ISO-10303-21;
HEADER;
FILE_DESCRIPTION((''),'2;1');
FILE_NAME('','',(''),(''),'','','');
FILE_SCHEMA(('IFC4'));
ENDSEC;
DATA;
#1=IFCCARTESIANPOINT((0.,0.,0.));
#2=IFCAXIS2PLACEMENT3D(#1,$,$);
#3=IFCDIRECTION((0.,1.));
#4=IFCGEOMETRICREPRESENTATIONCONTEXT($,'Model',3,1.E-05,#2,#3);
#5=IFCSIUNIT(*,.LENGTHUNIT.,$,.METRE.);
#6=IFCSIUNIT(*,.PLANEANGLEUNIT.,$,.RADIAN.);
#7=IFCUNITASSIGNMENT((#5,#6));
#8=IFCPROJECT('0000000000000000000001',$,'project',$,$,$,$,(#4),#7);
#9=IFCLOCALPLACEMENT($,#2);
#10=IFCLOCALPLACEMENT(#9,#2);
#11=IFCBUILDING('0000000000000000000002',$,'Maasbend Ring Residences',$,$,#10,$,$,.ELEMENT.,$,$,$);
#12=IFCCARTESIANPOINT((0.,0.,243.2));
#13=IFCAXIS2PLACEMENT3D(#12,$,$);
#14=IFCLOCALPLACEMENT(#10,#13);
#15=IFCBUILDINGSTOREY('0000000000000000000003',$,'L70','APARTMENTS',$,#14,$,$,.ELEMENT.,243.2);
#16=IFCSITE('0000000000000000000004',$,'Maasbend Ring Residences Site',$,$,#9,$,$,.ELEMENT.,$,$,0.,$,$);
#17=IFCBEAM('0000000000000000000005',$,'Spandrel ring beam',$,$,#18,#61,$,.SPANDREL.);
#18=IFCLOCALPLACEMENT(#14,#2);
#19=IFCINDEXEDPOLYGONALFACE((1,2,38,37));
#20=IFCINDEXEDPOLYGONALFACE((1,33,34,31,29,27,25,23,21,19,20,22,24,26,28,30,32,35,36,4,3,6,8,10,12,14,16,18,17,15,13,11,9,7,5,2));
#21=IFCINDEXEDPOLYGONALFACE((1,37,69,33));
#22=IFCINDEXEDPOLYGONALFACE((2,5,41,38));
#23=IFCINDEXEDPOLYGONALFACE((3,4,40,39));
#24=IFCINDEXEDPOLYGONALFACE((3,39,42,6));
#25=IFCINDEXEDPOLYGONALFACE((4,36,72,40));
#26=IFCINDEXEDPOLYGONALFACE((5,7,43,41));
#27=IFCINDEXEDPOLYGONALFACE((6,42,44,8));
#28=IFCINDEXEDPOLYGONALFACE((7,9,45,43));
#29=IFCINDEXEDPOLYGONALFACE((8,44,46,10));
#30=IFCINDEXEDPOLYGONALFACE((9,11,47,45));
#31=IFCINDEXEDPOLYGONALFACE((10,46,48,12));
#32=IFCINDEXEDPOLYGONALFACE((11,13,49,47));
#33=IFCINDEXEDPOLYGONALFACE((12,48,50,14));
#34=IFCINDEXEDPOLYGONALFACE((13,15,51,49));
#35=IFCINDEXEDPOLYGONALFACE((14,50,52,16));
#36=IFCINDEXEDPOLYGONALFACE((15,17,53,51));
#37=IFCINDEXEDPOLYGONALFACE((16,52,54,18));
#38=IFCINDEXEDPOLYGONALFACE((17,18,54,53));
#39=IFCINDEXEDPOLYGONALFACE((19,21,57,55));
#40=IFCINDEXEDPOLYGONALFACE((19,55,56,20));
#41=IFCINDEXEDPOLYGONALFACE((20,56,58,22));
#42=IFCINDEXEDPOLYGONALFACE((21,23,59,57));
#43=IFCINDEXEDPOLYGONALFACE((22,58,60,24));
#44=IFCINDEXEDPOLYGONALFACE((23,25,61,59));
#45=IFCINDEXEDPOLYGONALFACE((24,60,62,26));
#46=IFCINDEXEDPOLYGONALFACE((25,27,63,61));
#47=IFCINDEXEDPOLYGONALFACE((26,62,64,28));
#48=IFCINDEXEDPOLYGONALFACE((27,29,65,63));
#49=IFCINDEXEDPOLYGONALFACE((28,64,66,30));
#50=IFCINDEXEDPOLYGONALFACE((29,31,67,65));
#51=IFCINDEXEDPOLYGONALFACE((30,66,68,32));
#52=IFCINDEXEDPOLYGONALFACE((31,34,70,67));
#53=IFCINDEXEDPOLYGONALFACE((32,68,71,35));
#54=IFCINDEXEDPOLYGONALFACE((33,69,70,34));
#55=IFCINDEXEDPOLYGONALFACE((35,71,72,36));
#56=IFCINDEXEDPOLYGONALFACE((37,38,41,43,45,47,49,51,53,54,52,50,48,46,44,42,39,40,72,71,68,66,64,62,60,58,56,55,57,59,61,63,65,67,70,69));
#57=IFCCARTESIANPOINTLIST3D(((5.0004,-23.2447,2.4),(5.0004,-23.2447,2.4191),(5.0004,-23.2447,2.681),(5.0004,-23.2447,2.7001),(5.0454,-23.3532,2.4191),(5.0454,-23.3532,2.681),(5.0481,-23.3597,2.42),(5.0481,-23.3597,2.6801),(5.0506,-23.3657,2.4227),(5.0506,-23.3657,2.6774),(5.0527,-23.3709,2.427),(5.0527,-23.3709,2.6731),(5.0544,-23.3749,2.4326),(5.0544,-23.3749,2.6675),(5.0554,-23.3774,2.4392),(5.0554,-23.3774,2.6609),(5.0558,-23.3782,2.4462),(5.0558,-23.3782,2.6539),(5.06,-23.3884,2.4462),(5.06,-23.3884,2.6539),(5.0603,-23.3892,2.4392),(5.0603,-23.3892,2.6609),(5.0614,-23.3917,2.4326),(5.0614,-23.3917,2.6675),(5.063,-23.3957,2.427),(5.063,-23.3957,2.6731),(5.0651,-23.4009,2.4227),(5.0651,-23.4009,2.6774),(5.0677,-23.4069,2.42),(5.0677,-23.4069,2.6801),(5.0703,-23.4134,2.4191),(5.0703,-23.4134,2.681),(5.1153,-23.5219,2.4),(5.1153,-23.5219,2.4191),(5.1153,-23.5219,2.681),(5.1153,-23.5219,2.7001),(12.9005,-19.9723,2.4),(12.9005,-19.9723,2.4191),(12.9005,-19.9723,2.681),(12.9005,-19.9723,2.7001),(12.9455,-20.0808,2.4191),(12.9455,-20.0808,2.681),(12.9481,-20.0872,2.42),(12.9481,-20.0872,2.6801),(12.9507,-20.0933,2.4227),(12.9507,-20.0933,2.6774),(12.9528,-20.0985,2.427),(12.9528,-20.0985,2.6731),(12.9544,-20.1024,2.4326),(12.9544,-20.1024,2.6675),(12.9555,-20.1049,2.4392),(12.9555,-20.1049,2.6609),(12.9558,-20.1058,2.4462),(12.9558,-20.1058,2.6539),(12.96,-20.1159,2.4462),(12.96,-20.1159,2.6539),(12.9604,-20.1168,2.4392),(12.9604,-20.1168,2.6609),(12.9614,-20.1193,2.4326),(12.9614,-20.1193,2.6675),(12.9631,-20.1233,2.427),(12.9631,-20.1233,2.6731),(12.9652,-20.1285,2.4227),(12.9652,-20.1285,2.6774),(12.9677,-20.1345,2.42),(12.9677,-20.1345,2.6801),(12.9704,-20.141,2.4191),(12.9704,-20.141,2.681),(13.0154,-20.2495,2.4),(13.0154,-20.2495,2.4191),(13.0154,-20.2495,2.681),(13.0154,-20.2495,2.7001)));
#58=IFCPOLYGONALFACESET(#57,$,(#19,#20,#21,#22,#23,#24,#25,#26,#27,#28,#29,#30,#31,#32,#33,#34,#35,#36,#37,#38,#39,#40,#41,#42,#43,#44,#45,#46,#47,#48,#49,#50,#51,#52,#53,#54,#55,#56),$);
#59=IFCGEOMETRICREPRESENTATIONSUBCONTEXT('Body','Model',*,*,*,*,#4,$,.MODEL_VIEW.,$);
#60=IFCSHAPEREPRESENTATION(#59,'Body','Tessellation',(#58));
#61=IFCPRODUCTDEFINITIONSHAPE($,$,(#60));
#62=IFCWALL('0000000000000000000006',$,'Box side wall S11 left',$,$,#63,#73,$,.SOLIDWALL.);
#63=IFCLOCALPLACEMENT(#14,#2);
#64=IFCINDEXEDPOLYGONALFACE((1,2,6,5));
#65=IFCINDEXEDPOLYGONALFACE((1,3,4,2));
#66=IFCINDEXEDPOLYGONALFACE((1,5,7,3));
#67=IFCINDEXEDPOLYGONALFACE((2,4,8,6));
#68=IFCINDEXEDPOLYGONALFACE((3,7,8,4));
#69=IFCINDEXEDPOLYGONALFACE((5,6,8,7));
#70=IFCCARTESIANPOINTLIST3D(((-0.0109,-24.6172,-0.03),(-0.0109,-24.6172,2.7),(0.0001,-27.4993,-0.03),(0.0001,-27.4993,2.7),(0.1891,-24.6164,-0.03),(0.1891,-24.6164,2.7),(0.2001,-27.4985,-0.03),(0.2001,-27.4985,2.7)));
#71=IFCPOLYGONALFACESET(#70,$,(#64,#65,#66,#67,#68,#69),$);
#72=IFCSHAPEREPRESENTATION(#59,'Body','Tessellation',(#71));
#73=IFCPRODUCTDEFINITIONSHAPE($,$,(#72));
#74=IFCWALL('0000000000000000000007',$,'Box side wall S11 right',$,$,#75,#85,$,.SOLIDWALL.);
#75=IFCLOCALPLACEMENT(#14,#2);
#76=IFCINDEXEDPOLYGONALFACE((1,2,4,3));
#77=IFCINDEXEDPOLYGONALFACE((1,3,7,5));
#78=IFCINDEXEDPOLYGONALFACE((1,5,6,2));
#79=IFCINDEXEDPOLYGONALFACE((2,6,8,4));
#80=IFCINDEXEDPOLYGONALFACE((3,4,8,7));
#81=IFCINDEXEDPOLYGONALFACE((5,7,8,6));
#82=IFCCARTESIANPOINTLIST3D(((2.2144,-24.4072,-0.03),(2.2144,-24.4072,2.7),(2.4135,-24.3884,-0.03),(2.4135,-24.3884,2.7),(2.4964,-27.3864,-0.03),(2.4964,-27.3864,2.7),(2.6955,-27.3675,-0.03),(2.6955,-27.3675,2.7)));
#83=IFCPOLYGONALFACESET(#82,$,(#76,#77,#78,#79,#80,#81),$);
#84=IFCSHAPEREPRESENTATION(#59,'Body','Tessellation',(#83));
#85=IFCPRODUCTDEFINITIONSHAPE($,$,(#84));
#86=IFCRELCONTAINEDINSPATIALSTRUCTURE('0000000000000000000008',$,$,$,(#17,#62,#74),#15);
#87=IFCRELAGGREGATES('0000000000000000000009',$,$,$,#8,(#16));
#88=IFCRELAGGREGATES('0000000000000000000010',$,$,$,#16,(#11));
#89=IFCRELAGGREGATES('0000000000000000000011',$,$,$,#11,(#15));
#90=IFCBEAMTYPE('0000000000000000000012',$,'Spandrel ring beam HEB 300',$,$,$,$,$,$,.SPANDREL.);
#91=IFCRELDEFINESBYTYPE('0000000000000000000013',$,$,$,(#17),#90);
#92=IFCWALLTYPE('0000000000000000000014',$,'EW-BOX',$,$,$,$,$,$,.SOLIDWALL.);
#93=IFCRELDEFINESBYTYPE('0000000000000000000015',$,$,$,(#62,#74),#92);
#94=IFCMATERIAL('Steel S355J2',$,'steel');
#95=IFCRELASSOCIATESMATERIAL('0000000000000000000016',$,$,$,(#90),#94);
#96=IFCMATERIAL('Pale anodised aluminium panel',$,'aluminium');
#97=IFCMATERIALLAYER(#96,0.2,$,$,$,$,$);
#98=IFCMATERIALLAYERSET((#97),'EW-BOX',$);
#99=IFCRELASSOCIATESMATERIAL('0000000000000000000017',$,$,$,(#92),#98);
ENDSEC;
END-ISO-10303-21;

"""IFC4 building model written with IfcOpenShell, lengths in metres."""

from ifc_helpers import new_model, si_unit, direction, frame, frame_2d, origin, origin_2d, place, context, subcontext, project, spatial, rectangle, i_section, extrude, material, layer, layer_set, material_profile, profile_set, type_object, element, save


model = new_model("IFC4")

# Units and contexts
model_context = context("Model", 3, precision=1e-05, world=origin(), true_north=direction((0.0, 1.0)))
body_context = subcontext(model_context, "Body", "Model", "MODEL_VIEW")
ifc_project = project(units=[si_unit("LENGTHUNIT", "METRE"), si_unit("PLANEANGLEUNIT", "RADIAN")], contexts=[model_context])

# Site, building, storey
site_placement = place(None, origin())
site = spatial("IfcSite", under=ifc_project, at=site_placement, Name="Maasbend Ring Residences Site", CompositionType="ELEMENT", RefElevation=0.0)
building_placement = place(site_placement, origin())
building = spatial("IfcBuilding", under=site, at=building_placement, Name="Maasbend Ring Residences", CompositionType="ELEMENT")
storey_placement = place(building_placement, frame((0.0, 0.0, 243.2)))
storey = spatial("IfcBuildingStorey", under=building, at=storey_placement, Name="L70", Description="APARTMENTS", CompositionType="ELEMENT", Elevation=243.2)

# Beam
ifc_material_1 = material(Name="Steel S355J2", Category="steel")
ifc_material_profile_1 = material_profile(ifc_material_1, i_section(OverallWidth=0.3, OverallDepth=0.3, WebThickness=0.011, FlangeThickness=0.019, FilletRadius=0.0271, at=origin_2d()), Name="HEB 300")
ifc_profile_set_1 = profile_set([ifc_material_profile_1], Name="Steel S355J2")
beam_type = type_object("IfcBeamType", Name="Spandrel ring beam HEB 300", PredefinedType="SPANDREL", material=ifc_profile_set_1)
beam_placement = place(storey_placement, frame((5.0579, -23.3833, 2.55), z_axis=(0.923875, 0.382695, 0.0), x_axis=(-0.382695, 0.923875, 0.0)))
element("IfcBeam", 1, at=beam_placement, inside=storey, type_object=beam_type, Name="Spandrel ring beam", PredefinedType="SPANDREL", context=body_context, shape_type="SweptSolid", body=[
    extrude(i_section(OverallWidth=0.3, OverallDepth=0.3, WebThickness=0.011, FlangeThickness=0.019, FilletRadius=0.0271, at=origin_2d()), origin(), (0.0, 0.0, 1.0), 8.551),
])

# Walls
ifc_material_2 = material(Name="Pale anodised aluminium panel", Category="aluminium")
ifc_layer_1 = layer(ifc_material_2, 0.2)
ifc_layer_set_1 = layer_set([ifc_layer_1], Name="EW-BOX")
wall_type_1 = type_object("IfcWallType", Name="EW-BOX", PredefinedType="SOLIDWALL", material=ifc_layer_set_1)
wall_1_placement = place(storey_placement, frame((0.0891, -24.6169, -0.03), z_axis=(0.0, 0.0, 1.0), x_axis=(0.003812, -0.999993, 0.0)))
element("IfcWall", 2, at=wall_1_placement, inside=storey, type_object=wall_type_1, Name="Box side wall S11 left", PredefinedType="SOLIDWALL", context=body_context, shape_type="SweptSolid", body=[
    extrude(rectangle(XDim=2.8821, YDim=0.2, at=frame_2d((1.4409, 0.0))), origin(), (0.0, 0.0, 1.0), 2.73),
])
wall_2_placement = place(storey_placement, frame((2.314, -24.3979, -0.03), z_axis=(0.0, 0.0, 1.0), x_axis=(0.094235, -0.99555, 0.0)))
element("IfcWall", 3, at=wall_2_placement, inside=storey, type_object=wall_type_1, Name="Box side wall S11 right", PredefinedType="SOLIDWALL", context=body_context, shape_type="SweptSolid", body=[
    extrude(rectangle(XDim=2.9924, YDim=0.2, at=frame_2d((1.4961, 0.0))), origin(), (0.0, 0.0, 1.0), 2.73),
])

save(model, "model.ifc")
